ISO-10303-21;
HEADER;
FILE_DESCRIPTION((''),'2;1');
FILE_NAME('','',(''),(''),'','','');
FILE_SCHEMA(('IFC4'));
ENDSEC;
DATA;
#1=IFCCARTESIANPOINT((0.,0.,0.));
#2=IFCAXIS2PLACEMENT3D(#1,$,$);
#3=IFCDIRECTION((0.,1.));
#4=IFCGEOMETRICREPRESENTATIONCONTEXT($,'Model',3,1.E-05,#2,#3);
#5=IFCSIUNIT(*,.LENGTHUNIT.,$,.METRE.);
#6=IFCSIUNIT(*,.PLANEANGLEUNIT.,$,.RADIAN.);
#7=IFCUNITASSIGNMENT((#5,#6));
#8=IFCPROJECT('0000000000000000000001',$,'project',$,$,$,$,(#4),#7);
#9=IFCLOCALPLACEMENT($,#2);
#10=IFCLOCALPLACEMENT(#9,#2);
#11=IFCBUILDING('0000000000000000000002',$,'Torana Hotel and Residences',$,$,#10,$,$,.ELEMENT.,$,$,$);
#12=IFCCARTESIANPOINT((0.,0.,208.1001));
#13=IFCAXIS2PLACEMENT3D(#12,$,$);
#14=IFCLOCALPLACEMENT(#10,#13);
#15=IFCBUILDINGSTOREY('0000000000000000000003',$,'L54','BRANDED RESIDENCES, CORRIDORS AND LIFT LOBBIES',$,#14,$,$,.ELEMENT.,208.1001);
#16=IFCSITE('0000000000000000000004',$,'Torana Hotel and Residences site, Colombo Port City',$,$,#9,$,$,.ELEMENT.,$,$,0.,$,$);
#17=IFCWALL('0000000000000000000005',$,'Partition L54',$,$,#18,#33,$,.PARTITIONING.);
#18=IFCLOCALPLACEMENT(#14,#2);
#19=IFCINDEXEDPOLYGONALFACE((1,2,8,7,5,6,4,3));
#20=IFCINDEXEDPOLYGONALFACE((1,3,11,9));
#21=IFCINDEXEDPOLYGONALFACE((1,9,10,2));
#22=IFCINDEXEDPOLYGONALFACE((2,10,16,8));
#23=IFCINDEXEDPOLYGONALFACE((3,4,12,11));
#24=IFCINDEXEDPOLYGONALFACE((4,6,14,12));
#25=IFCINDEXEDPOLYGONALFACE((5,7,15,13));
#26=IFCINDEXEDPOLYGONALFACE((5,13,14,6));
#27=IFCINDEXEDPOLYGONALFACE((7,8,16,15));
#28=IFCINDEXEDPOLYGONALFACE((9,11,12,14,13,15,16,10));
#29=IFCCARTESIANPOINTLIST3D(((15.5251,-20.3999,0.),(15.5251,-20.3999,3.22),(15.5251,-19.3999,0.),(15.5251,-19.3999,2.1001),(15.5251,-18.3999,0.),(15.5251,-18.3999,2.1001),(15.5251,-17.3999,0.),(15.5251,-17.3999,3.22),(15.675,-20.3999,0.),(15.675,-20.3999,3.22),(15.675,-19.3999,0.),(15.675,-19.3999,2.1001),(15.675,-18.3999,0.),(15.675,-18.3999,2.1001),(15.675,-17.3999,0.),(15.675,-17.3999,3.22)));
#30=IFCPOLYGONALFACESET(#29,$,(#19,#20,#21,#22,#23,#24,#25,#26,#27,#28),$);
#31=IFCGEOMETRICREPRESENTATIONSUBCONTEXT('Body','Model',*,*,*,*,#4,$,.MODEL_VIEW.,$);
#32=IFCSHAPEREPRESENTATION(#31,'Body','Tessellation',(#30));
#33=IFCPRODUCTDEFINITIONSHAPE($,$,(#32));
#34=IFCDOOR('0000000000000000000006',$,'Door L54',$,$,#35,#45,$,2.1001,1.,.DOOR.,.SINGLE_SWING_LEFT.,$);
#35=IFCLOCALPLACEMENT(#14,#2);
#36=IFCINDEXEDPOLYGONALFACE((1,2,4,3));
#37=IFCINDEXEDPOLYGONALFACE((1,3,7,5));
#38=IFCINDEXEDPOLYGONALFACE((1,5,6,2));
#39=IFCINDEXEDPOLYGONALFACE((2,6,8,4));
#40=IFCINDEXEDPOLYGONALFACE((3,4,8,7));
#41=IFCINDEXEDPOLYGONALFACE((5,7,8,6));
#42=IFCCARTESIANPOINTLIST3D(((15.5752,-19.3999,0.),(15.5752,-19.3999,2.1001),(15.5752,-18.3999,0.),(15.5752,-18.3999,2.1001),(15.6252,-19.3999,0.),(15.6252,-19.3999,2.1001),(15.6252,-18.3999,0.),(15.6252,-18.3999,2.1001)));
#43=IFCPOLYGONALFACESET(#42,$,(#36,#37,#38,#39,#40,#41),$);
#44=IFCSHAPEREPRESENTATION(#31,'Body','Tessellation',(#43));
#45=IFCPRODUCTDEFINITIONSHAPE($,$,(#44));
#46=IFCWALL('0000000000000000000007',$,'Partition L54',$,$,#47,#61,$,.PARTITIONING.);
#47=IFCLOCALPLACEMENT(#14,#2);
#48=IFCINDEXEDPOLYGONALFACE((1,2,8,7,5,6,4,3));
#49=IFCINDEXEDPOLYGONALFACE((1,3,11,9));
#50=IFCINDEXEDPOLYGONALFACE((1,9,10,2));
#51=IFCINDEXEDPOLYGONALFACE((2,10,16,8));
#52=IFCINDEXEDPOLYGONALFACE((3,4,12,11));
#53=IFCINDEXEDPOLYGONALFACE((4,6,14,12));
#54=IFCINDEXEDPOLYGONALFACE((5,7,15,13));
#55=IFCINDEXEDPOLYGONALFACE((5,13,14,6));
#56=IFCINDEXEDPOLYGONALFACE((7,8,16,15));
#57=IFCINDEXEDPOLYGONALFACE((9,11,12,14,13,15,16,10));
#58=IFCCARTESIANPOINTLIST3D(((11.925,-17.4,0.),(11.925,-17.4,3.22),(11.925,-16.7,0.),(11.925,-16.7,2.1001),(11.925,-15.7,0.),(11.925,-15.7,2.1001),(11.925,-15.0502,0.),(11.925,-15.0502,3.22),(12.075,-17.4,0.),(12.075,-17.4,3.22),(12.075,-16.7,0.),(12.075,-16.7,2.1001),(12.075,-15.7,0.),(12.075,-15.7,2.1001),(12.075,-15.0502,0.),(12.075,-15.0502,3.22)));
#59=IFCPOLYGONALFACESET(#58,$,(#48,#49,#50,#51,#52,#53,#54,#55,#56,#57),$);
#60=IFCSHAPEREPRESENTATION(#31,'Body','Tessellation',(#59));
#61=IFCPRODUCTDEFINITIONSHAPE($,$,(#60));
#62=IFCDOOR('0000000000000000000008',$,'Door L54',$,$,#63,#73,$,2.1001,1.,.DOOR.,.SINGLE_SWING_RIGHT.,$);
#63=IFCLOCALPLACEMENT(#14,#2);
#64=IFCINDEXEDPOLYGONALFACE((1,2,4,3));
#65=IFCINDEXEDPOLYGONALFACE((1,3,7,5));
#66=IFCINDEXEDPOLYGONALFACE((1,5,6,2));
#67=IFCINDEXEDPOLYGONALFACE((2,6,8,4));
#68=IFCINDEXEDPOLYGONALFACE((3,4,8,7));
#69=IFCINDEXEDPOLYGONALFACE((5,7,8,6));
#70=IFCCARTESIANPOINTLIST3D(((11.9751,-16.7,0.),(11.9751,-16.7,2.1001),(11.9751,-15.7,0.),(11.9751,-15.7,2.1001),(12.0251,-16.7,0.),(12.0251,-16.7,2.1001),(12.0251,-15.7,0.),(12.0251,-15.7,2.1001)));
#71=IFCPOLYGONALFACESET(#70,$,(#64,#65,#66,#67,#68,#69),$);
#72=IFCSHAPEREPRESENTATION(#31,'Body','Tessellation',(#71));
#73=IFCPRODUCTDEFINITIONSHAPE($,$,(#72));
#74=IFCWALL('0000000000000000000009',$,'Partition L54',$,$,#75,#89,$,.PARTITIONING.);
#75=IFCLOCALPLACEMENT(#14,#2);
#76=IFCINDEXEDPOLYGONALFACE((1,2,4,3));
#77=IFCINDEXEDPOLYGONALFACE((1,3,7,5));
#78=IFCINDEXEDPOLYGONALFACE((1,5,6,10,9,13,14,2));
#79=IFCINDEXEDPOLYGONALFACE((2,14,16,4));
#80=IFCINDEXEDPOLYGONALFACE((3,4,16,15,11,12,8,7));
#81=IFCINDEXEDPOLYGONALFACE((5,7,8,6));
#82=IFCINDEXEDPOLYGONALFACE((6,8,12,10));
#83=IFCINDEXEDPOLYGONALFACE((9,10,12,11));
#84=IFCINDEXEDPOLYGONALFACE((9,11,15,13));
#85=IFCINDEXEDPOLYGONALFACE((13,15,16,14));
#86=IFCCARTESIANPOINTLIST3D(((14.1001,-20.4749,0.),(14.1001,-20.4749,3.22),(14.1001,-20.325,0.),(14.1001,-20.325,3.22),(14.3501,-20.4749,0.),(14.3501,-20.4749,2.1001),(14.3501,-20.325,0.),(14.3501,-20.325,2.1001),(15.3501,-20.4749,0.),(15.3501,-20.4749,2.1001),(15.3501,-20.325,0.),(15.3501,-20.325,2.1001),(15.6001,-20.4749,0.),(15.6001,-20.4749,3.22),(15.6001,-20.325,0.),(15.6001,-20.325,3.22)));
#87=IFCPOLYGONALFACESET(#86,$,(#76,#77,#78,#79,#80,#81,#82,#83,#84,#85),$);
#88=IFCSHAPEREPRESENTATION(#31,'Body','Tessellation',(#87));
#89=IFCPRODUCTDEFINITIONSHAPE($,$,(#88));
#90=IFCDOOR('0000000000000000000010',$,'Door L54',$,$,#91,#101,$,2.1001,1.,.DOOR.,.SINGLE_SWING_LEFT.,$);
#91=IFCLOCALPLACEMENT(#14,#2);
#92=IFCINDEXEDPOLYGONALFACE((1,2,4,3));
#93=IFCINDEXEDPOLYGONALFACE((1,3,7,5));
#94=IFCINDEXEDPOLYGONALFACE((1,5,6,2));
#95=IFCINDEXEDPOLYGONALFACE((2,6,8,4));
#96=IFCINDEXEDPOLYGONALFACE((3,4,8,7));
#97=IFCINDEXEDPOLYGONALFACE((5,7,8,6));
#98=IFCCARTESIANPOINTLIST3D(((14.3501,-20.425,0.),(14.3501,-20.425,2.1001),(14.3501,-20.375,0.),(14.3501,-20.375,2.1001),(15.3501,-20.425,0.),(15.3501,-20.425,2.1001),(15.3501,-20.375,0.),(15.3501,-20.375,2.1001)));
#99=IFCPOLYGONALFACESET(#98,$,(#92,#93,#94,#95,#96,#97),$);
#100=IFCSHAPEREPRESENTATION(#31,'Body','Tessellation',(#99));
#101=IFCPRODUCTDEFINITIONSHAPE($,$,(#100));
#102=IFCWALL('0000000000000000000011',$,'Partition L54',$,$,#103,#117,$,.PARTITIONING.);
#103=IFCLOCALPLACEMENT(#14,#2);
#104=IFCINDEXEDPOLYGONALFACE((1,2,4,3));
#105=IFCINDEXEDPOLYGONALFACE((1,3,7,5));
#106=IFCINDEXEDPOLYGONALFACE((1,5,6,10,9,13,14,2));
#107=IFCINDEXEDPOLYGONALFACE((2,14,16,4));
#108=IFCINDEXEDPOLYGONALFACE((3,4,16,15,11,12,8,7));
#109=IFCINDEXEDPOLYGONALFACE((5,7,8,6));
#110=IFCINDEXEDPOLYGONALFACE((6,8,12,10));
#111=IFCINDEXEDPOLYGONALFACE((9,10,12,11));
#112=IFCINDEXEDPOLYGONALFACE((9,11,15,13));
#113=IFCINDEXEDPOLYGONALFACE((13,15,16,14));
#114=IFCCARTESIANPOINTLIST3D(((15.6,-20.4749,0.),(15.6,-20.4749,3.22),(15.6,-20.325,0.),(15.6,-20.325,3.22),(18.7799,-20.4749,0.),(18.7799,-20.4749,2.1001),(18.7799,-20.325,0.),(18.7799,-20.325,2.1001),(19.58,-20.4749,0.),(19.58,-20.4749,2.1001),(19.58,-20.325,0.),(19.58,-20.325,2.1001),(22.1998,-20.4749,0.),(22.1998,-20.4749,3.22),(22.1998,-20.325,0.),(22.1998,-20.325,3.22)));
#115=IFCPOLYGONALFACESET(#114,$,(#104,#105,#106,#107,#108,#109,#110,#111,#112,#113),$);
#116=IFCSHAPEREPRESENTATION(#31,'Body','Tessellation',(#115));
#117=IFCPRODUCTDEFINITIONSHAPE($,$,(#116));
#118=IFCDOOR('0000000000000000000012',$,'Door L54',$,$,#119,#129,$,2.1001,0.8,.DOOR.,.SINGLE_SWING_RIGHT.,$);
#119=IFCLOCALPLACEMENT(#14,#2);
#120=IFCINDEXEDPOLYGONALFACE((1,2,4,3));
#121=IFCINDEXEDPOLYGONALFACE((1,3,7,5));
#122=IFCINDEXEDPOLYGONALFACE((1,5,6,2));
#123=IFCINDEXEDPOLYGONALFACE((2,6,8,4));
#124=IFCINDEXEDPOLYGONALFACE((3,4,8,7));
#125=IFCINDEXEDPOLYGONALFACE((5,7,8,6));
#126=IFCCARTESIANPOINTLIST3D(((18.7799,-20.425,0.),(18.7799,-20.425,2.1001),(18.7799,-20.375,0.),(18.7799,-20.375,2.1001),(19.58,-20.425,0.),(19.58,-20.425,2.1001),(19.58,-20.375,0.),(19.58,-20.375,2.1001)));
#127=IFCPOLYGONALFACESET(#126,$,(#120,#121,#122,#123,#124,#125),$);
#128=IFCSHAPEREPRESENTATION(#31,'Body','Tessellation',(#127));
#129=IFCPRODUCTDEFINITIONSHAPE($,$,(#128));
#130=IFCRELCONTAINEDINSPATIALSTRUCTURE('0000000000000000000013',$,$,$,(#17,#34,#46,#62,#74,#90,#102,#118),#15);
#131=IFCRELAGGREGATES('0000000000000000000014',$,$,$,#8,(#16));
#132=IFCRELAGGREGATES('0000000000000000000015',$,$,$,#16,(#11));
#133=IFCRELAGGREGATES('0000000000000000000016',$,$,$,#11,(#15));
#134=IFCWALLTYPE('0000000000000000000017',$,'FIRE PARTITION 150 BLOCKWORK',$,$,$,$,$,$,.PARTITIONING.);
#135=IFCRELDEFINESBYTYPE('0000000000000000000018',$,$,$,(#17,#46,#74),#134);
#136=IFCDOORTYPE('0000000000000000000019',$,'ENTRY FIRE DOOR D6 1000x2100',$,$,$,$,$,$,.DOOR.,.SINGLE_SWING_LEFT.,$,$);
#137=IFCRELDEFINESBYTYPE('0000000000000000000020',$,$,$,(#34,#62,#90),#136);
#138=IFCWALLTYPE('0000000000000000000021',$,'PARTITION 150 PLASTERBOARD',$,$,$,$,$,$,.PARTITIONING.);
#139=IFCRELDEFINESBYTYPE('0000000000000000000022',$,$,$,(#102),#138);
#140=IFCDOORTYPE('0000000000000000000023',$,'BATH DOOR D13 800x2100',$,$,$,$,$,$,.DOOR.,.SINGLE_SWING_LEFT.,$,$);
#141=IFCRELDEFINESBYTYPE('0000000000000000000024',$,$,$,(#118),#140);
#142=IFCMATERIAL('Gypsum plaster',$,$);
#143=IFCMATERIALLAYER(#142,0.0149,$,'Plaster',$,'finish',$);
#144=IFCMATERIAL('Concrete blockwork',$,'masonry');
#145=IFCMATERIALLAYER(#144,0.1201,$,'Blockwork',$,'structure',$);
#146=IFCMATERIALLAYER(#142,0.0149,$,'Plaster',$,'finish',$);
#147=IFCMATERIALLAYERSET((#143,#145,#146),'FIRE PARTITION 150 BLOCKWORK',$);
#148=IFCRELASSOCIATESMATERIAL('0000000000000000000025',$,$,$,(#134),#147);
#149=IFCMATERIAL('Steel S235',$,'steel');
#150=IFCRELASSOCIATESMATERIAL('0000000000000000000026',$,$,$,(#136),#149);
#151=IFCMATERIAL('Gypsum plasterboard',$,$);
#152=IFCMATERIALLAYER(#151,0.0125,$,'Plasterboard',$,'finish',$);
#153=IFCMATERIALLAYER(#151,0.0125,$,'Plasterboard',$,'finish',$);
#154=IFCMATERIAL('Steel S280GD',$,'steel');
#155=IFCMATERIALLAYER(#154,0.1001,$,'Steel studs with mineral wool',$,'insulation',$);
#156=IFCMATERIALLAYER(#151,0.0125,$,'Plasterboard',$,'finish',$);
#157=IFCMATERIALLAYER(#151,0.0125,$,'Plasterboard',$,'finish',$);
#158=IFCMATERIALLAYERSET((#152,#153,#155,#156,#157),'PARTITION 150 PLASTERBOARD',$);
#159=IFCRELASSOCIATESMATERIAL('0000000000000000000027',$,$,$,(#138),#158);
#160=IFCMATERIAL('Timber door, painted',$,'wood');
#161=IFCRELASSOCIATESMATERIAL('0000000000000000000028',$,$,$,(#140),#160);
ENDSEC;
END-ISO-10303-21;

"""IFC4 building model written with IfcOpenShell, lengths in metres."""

from ifc_helpers import new_model, si_unit, direction, frame, frame_2d, origin, place, context, subcontext, project, spatial, rectangle, extrude, material, layer, layer_set, type_object, element, fill, save


model = new_model("IFC4")

# Units and contexts
model_context = context("Model", 3, precision=1e-05, world=origin(), true_north=direction((0.0, 1.0)))
body_context = subcontext(model_context, "Body", "Model", "MODEL_VIEW")
ifc_project = project(units=[si_unit("LENGTHUNIT", "METRE"), si_unit("PLANEANGLEUNIT", "RADIAN")], contexts=[model_context])

# Site, building, storey
site_placement = place(None, origin())
site = spatial("IfcSite", under=ifc_project, at=site_placement, Name="Torana Hotel and Residences site, Colombo Port City", CompositionType="ELEMENT", RefElevation=0.0)
building_placement = place(site_placement, origin())
building = spatial("IfcBuilding", under=site, at=building_placement, Name="Torana Hotel and Residences", CompositionType="ELEMENT")
storey_placement = place(building_placement, frame((0.0, 0.0, 208.1001)))
storey = spatial("IfcBuildingStorey", under=building, at=storey_placement, Name="L54", Description="BRANDED RESIDENCES, CORRIDORS AND LIFT LOBBIES", CompositionType="ELEMENT", Elevation=208.1001)

# Walls, openings, doors
ifc_material_1 = material(Name="Gypsum plaster")
ifc_layer_1 = layer(ifc_material_1, 0.0149, Name="Plaster", Category="finish")
ifc_material_2 = material(Name="Concrete blockwork", Category="masonry")
ifc_layer_2 = layer(ifc_material_2, 0.1201, Name="Blockwork", Category="structure")
ifc_layer_3 = layer(ifc_material_1, 0.0149, Name="Plaster", Category="finish")
ifc_layer_set_1 = layer_set([ifc_layer_1, ifc_layer_2, ifc_layer_3], Name="FIRE PARTITION 150 BLOCKWORK")
wall_type_1 = type_object("IfcWallType", Name="FIRE PARTITION 150 BLOCKWORK", PredefinedType="PARTITIONING", material=ifc_layer_set_1)
wall_1_placement = place(storey_placement, frame((15.6001, -20.3999, 0.0), z_axis=(0.0, 0.0, 1.0), x_axis=(0.0, 1.0, 0.0)))
wall_1 = element("IfcWall", 1, at=wall_1_placement, inside=storey, type_object=wall_type_1, Name="Partition L54", PredefinedType="PARTITIONING", context=body_context, shape_type="SweptSolid", body=[
    extrude(rectangle(XDim=3.0, YDim=0.1499, at=frame_2d((1.5, 0.0))), origin(), (0.0, 0.0, 1.0), 3.22),
])
opening_1_placement = place(wall_1_placement, frame((1.0, 0.0, 0.0)))
opening_1 = element("IfcOpeningElement", 2, at=opening_1_placement, cuts=wall_1, PredefinedType="OPENING", context=body_context, shape_type="SweptSolid", body=[
    extrude(rectangle(XDim=1.0, YDim=2.1001, at=frame_2d((0.5, 1.05))), frame((0.0, 0.085, 0.0), z_axis=(0.0, -1.0, 0.0), x_axis=(1.0, 0.0, 0.0)), (0.0, 0.0, 1.0), 0.1699),
])
ifc_material_3 = material(Name="Steel S235", Category="steel")
door_type_1 = type_object("IfcDoorType", Name="ENTRY FIRE DOOR D6 1000x2100", OperationType="SINGLE_SWING_LEFT", PredefinedType="DOOR", material=ifc_material_3)
door_1_placement = place(opening_1_placement, frame((0.5, 0.0, 0.0), z_axis=(0.0, 0.0, 1.0), x_axis=(-1.0, 0.0, 0.0)))
door_1 = element("IfcDoor", 3, at=door_1_placement, inside=storey, type_object=door_type_1, Name="Door L54", OperationType="SINGLE_SWING_LEFT", OverallHeight=2.1001, OverallWidth=1.0, PredefinedType="DOOR", context=body_context, shape_type="SweptSolid", body=[
    extrude(rectangle(XDim=1.0, YDim=2.1001, at=frame_2d((0.0, 1.05))), frame((0.0, -0.0249, 0.0), z_axis=(0.0, 1.0, 0.0), x_axis=(-1.0, 0.0, 0.0)), (0.0, 0.0, 1.0), 0.05),
])
fill(opening_1, door_1)
wall_2_placement = place(storey_placement, frame((12.0, -17.3999, 0.0), z_axis=(0.0, 0.0, 1.0), x_axis=(0.0, 1.0, 0.0)))
wall_2 = element("IfcWall", 4, at=wall_2_placement, inside=storey, type_object=wall_type_1, Name="Partition L54", PredefinedType="PARTITIONING", context=body_context, shape_type="SweptSolid", body=[
    extrude(rectangle(XDim=2.3499, YDim=0.1499, at=frame_2d((1.1748, 0.0))), origin(), (0.0, 0.0, 1.0), 3.22),
])
opening_2_placement = place(wall_2_placement, frame((0.7, 0.0, 0.0)))
opening_2 = element("IfcOpeningElement", 5, at=opening_2_placement, cuts=wall_2, PredefinedType="OPENING", context=body_context, shape_type="SweptSolid", body=[
    extrude(rectangle(XDim=1.0, YDim=2.1001, at=frame_2d((0.5, 1.05))), frame((0.0, 0.085, 0.0), z_axis=(0.0, -1.0, 0.0), x_axis=(1.0, 0.0, 0.0)), (0.0, 0.0, 1.0), 0.1699),
])
door_2_placement = place(opening_2_placement, origin())
door_2 = element("IfcDoor", 6, at=door_2_placement, inside=storey, type_object=door_type_1, Name="Door L54", OperationType="SINGLE_SWING_RIGHT", OverallHeight=2.1001, OverallWidth=1.0, PredefinedType="DOOR", context=body_context, shape_type="SweptSolid", body=[
    extrude(rectangle(XDim=1.0, YDim=2.1001, at=frame_2d((0.5, 1.05))), frame((0.0, 0.0249, 0.0), z_axis=(0.0, -1.0, 0.0), x_axis=(1.0, 0.0, 0.0)), (0.0, 0.0, 1.0), 0.05),
])
fill(opening_2, door_2)
wall_3_placement = place(storey_placement, frame((14.1001, -20.3999, 0.0), z_axis=(0.0, 0.0, 1.0), x_axis=(1.0, 0.0, 0.0)))
wall_3 = element("IfcWall", 7, at=wall_3_placement, inside=storey, type_object=wall_type_1, Name="Partition L54", PredefinedType="PARTITIONING", context=body_context, shape_type="SweptSolid", body=[
    extrude(rectangle(XDim=1.5, YDim=0.1499, at=frame_2d((0.75, 0.0))), origin(), (0.0, 0.0, 1.0), 3.22),
])
opening_3_placement = place(wall_3_placement, frame((0.25, 0.0, 0.0)))
opening_3 = element("IfcOpeningElement", 8, at=opening_3_placement, cuts=wall_3, PredefinedType="OPENING", context=body_context, shape_type="SweptSolid", body=[
    extrude(rectangle(XDim=1.0, YDim=2.1001, at=frame_2d((0.5, 1.05))), frame((0.0, 0.085, 0.0), z_axis=(0.0, -1.0, 0.0), x_axis=(1.0, 0.0, 0.0)), (0.0, 0.0, 1.0), 0.1699),
])
door_3_placement = place(opening_3_placement, frame((0.5, 0.0, 0.0), z_axis=(0.0, 0.0, 1.0), x_axis=(-1.0, 0.0, 0.0)))
door_3 = element("IfcDoor", 9, at=door_3_placement, inside=storey, type_object=door_type_1, Name="Door L54", OperationType="SINGLE_SWING_LEFT", OverallHeight=2.1001, OverallWidth=1.0, PredefinedType="DOOR", context=body_context, shape_type="SweptSolid", body=[
    extrude(rectangle(XDim=1.0, YDim=2.1001, at=frame_2d((0.0, 1.05))), frame((0.0, -0.0249, 0.0), z_axis=(0.0, 1.0, 0.0), x_axis=(-1.0, 0.0, 0.0)), (0.0, 0.0, 1.0), 0.05),
])
fill(opening_3, door_3)
ifc_material_4 = material(Name="Gypsum plasterboard")
ifc_layer_4 = layer(ifc_material_4, 0.0125, Name="Plasterboard", Category="finish")
ifc_layer_5 = layer(ifc_material_4, 0.0125, Name="Plasterboard", Category="finish")
ifc_material_5 = material(Name="Steel S280GD", Category="steel")
ifc_layer_6 = layer(ifc_material_5, 0.1001, Name="Steel studs with mineral wool", Category="insulation")
ifc_layer_7 = layer(ifc_material_4, 0.0125, Name="Plasterboard", Category="finish")
ifc_layer_8 = layer(ifc_material_4, 0.0125, Name="Plasterboard", Category="finish")
ifc_layer_set_2 = layer_set([ifc_layer_4, ifc_layer_5, ifc_layer_6, ifc_layer_7, ifc_layer_8], Name="PARTITION 150 PLASTERBOARD")
wall_type_2 = type_object("IfcWallType", Name="PARTITION 150 PLASTERBOARD", PredefinedType="PARTITIONING", material=ifc_layer_set_2)
wall_4_placement = place(storey_placement, frame((15.6001, -20.3999, 0.0), z_axis=(0.0, 0.0, 1.0), x_axis=(1.0, 0.0, 0.0)))
wall_4 = element("IfcWall", 10, at=wall_4_placement, inside=storey, type_object=wall_type_2, Name="Partition L54", PredefinedType="PARTITIONING", context=body_context, shape_type="SweptSolid", body=[
    extrude(rectangle(XDim=6.5999, YDim=0.1499, at=frame_2d((3.2998, 0.0))), origin(), (0.0, 0.0, 1.0), 3.22),
])
opening_4_placement = place(wall_4_placement, frame((3.1799, 0.0, 0.0)))
opening_4 = element("IfcOpeningElement", 11, at=opening_4_placement, cuts=wall_4, PredefinedType="OPENING", context=body_context, shape_type="SweptSolid", body=[
    extrude(rectangle(XDim=0.8, YDim=2.1001, at=frame_2d((0.3999, 1.05))), frame((0.0, 0.085, 0.0), z_axis=(0.0, -1.0, 0.0), x_axis=(1.0, 0.0, 0.0)), (0.0, 0.0, 1.0), 0.1699),
])
ifc_material_6 = material(Name="Timber door, painted", Category="wood")
door_type_2 = type_object("IfcDoorType", Name="BATH DOOR D13 800x2100", OperationType="SINGLE_SWING_LEFT", PredefinedType="DOOR", material=ifc_material_6)
door_4_placement = place(opening_4_placement, origin())
door_4 = element("IfcDoor", 12, at=door_4_placement, inside=storey, type_object=door_type_2, Name="Door L54", OperationType="SINGLE_SWING_RIGHT", OverallHeight=2.1001, OverallWidth=0.8, PredefinedType="DOOR", context=body_context, shape_type="SweptSolid", body=[
    extrude(rectangle(XDim=0.8, YDim=2.1001, at=frame_2d((0.3999, 1.05))), frame((0.0, 0.0249, 0.0), z_axis=(0.0, -1.0, 0.0), x_axis=(1.0, 0.0, 0.0)), (0.0, 0.0, 1.0), 0.05),
])
fill(opening_4, door_4)

save(model, "model.ifc")
